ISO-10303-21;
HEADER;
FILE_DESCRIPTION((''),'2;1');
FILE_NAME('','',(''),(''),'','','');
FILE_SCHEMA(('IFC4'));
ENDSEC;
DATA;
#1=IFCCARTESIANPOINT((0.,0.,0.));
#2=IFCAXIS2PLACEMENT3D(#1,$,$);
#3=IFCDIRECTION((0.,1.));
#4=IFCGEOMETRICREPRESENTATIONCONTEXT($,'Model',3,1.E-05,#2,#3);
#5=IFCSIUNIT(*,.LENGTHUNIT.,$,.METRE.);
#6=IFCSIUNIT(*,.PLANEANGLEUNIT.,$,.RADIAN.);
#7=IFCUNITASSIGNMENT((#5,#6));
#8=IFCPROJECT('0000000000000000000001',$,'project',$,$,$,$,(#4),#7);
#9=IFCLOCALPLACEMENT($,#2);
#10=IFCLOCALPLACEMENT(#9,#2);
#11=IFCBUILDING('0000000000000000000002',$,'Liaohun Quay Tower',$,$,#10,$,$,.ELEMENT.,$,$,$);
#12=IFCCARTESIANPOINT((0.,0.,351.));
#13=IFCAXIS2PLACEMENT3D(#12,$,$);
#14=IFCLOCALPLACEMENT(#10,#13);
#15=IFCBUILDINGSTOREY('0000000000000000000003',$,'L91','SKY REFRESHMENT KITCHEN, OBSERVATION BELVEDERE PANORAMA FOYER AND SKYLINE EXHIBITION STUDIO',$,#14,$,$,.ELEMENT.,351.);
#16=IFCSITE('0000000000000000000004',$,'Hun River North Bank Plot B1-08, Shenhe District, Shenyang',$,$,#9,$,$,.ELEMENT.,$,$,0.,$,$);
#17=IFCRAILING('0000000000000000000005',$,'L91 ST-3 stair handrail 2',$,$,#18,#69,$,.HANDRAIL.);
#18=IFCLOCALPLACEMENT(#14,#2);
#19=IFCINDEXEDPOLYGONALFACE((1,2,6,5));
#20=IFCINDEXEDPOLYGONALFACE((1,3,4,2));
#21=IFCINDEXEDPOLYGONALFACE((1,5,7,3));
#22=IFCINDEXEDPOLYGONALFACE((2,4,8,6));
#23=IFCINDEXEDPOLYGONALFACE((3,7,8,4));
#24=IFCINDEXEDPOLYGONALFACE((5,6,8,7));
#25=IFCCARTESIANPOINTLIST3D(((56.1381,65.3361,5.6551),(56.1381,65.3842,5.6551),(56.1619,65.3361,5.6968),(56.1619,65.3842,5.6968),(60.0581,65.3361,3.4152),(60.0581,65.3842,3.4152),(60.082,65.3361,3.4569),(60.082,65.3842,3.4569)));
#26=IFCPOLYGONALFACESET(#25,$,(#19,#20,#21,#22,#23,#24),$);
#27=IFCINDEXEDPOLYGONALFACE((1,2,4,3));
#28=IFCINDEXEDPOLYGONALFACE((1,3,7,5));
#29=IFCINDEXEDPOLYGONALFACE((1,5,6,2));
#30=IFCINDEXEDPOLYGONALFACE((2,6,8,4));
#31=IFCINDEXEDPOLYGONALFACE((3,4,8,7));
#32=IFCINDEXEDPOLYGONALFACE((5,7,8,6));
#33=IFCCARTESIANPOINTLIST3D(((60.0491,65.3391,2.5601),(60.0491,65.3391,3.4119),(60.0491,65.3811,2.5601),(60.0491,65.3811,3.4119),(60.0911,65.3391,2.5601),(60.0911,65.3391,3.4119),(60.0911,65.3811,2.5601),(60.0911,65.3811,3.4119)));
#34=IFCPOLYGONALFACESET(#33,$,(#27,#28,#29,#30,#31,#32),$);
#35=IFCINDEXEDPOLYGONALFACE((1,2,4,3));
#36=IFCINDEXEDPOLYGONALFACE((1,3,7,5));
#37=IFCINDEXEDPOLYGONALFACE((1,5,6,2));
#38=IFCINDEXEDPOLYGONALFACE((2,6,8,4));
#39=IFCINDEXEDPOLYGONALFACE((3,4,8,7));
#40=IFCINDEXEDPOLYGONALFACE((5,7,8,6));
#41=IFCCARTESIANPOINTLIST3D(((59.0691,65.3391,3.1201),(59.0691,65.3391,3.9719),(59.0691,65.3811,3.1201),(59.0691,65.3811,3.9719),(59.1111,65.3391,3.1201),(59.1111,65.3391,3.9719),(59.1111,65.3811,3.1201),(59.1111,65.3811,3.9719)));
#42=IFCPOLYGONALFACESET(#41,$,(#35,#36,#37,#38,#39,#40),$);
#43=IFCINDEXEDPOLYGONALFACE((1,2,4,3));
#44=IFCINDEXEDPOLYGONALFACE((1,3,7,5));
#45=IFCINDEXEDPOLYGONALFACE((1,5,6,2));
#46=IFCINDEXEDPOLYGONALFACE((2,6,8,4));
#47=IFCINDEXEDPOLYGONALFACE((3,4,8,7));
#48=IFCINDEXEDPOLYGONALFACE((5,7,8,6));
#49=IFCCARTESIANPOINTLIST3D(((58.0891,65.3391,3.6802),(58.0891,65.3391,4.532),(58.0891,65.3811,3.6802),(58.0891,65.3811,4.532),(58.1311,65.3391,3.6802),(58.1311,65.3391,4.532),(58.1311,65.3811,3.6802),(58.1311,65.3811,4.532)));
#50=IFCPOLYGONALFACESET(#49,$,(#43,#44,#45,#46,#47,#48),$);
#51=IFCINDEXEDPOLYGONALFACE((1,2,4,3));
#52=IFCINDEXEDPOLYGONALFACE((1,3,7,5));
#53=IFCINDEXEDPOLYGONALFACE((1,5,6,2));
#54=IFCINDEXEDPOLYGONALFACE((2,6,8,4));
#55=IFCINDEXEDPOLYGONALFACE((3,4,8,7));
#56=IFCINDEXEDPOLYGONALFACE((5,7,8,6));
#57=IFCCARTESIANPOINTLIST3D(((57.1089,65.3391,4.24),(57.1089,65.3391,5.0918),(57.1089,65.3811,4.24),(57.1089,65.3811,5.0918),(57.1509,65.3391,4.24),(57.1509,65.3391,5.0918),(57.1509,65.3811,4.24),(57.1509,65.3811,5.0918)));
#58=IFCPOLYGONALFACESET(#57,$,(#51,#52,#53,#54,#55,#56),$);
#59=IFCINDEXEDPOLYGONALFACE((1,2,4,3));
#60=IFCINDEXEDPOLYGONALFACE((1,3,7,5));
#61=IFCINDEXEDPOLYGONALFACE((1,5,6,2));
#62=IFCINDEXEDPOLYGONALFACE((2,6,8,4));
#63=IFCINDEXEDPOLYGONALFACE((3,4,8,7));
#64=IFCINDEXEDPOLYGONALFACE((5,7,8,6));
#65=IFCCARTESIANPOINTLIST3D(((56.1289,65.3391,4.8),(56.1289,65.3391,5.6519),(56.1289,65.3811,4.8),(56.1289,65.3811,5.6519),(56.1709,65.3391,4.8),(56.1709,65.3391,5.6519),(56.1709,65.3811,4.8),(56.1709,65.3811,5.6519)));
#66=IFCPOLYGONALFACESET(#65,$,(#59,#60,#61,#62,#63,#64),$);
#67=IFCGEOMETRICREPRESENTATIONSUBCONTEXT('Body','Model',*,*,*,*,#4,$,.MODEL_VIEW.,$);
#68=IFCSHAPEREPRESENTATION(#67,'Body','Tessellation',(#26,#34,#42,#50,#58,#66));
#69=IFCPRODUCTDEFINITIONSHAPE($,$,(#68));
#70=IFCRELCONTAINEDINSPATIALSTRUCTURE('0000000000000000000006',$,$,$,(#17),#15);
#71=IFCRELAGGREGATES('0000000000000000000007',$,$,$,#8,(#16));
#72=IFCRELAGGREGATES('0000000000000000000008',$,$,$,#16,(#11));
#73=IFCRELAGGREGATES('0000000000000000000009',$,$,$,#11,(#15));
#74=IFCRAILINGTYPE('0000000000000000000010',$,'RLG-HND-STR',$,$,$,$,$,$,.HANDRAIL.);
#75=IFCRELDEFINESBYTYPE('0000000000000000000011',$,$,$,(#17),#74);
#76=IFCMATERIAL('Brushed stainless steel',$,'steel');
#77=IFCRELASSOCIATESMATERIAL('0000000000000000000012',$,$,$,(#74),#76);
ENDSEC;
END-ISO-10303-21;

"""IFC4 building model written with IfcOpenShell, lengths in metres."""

from ifc_helpers import new_model, si_unit, direction, frame, origin, origin_2d, place, context, subcontext, project, spatial, rectangle, extrude, material, type_object, element, save


model = new_model("IFC4")

# Units and contexts
model_context = context("Model", 3, precision=1e-05, world=origin(), true_north=direction((0.0, 1.0)))
body_context = subcontext(model_context, "Body", "Model", "MODEL_VIEW")
ifc_project = project(units=[si_unit("LENGTHUNIT", "METRE"), si_unit("PLANEANGLEUNIT", "RADIAN")], contexts=[model_context])

# Site, building, storey
site_placement = place(None, origin())
site = spatial("IfcSite", under=ifc_project, at=site_placement, Name="Hun River North Bank Plot B1-08, Shenhe District, Shenyang", CompositionType="ELEMENT", RefElevation=0.0)
building_placement = place(site_placement, origin())
building = spatial("IfcBuilding", under=site, at=building_placement, Name="Liaohun Quay Tower", CompositionType="ELEMENT")
storey_placement = place(building_placement, frame((0.0, 0.0, 351.0)))
storey = spatial("IfcBuildingStorey", under=building, at=storey_placement, Name="L91", Description="SKY REFRESHMENT KITCHEN, OBSERVATION BELVEDERE PANORAMA FOYER AND SKYLINE EXHIBITION STUDIO", CompositionType="ELEMENT", Elevation=351.0)

# Railing
ifc_material_1 = material(Name="Brushed stainless steel", Category="steel")
railing_type_1 = type_object("IfcRailingType", Name="RLG-HND-STR", PredefinedType="HANDRAIL", material=ifc_material_1)
railing_1_placement = place(storey_placement, frame((60.0701, 65.3601, 2.5601)))
element("IfcRailing", 1, at=railing_1_placement, inside=storey, type_object=railing_type_1, Name="L91 ST-3 stair handrail 2", PredefinedType="HANDRAIL", context=body_context, shape_type="SweptSolid", body=[
    extrude(rectangle(XDim=0.0481, YDim=0.0481, at=origin_2d()), frame((0.0, 0.0, 0.876), z_axis=(-0.868253, 0.0, 0.496121), x_axis=(0.0, -1.0, 0.0)), (0.0, 0.0, 1.0), 4.5149),
    extrude(rectangle(XDim=0.042, YDim=0.042, at=origin_2d()), origin(), (0.0, 0.0, 1.0), 0.8518),
    extrude(rectangle(XDim=0.042, YDim=0.042, at=origin_2d()), frame((-0.98, 0.0, 0.5601)), (0.0, 0.0, 1.0), 0.8518),
    extrude(rectangle(XDim=0.042, YDim=0.042, at=origin_2d()), frame((-1.96, 0.0, 1.1201)), (0.0, 0.0, 1.0), 0.8518),
    extrude(rectangle(XDim=0.042, YDim=0.042, at=origin_2d()), frame((-2.9402, 0.0, 1.6799)), (0.0, 0.0, 1.0), 0.8518),
    extrude(rectangle(XDim=0.042, YDim=0.042, at=origin_2d()), frame((-3.9202, 0.0, 2.24)), (0.0, 0.0, 1.0), 0.8518),
])

save(model, "model.ifc")
